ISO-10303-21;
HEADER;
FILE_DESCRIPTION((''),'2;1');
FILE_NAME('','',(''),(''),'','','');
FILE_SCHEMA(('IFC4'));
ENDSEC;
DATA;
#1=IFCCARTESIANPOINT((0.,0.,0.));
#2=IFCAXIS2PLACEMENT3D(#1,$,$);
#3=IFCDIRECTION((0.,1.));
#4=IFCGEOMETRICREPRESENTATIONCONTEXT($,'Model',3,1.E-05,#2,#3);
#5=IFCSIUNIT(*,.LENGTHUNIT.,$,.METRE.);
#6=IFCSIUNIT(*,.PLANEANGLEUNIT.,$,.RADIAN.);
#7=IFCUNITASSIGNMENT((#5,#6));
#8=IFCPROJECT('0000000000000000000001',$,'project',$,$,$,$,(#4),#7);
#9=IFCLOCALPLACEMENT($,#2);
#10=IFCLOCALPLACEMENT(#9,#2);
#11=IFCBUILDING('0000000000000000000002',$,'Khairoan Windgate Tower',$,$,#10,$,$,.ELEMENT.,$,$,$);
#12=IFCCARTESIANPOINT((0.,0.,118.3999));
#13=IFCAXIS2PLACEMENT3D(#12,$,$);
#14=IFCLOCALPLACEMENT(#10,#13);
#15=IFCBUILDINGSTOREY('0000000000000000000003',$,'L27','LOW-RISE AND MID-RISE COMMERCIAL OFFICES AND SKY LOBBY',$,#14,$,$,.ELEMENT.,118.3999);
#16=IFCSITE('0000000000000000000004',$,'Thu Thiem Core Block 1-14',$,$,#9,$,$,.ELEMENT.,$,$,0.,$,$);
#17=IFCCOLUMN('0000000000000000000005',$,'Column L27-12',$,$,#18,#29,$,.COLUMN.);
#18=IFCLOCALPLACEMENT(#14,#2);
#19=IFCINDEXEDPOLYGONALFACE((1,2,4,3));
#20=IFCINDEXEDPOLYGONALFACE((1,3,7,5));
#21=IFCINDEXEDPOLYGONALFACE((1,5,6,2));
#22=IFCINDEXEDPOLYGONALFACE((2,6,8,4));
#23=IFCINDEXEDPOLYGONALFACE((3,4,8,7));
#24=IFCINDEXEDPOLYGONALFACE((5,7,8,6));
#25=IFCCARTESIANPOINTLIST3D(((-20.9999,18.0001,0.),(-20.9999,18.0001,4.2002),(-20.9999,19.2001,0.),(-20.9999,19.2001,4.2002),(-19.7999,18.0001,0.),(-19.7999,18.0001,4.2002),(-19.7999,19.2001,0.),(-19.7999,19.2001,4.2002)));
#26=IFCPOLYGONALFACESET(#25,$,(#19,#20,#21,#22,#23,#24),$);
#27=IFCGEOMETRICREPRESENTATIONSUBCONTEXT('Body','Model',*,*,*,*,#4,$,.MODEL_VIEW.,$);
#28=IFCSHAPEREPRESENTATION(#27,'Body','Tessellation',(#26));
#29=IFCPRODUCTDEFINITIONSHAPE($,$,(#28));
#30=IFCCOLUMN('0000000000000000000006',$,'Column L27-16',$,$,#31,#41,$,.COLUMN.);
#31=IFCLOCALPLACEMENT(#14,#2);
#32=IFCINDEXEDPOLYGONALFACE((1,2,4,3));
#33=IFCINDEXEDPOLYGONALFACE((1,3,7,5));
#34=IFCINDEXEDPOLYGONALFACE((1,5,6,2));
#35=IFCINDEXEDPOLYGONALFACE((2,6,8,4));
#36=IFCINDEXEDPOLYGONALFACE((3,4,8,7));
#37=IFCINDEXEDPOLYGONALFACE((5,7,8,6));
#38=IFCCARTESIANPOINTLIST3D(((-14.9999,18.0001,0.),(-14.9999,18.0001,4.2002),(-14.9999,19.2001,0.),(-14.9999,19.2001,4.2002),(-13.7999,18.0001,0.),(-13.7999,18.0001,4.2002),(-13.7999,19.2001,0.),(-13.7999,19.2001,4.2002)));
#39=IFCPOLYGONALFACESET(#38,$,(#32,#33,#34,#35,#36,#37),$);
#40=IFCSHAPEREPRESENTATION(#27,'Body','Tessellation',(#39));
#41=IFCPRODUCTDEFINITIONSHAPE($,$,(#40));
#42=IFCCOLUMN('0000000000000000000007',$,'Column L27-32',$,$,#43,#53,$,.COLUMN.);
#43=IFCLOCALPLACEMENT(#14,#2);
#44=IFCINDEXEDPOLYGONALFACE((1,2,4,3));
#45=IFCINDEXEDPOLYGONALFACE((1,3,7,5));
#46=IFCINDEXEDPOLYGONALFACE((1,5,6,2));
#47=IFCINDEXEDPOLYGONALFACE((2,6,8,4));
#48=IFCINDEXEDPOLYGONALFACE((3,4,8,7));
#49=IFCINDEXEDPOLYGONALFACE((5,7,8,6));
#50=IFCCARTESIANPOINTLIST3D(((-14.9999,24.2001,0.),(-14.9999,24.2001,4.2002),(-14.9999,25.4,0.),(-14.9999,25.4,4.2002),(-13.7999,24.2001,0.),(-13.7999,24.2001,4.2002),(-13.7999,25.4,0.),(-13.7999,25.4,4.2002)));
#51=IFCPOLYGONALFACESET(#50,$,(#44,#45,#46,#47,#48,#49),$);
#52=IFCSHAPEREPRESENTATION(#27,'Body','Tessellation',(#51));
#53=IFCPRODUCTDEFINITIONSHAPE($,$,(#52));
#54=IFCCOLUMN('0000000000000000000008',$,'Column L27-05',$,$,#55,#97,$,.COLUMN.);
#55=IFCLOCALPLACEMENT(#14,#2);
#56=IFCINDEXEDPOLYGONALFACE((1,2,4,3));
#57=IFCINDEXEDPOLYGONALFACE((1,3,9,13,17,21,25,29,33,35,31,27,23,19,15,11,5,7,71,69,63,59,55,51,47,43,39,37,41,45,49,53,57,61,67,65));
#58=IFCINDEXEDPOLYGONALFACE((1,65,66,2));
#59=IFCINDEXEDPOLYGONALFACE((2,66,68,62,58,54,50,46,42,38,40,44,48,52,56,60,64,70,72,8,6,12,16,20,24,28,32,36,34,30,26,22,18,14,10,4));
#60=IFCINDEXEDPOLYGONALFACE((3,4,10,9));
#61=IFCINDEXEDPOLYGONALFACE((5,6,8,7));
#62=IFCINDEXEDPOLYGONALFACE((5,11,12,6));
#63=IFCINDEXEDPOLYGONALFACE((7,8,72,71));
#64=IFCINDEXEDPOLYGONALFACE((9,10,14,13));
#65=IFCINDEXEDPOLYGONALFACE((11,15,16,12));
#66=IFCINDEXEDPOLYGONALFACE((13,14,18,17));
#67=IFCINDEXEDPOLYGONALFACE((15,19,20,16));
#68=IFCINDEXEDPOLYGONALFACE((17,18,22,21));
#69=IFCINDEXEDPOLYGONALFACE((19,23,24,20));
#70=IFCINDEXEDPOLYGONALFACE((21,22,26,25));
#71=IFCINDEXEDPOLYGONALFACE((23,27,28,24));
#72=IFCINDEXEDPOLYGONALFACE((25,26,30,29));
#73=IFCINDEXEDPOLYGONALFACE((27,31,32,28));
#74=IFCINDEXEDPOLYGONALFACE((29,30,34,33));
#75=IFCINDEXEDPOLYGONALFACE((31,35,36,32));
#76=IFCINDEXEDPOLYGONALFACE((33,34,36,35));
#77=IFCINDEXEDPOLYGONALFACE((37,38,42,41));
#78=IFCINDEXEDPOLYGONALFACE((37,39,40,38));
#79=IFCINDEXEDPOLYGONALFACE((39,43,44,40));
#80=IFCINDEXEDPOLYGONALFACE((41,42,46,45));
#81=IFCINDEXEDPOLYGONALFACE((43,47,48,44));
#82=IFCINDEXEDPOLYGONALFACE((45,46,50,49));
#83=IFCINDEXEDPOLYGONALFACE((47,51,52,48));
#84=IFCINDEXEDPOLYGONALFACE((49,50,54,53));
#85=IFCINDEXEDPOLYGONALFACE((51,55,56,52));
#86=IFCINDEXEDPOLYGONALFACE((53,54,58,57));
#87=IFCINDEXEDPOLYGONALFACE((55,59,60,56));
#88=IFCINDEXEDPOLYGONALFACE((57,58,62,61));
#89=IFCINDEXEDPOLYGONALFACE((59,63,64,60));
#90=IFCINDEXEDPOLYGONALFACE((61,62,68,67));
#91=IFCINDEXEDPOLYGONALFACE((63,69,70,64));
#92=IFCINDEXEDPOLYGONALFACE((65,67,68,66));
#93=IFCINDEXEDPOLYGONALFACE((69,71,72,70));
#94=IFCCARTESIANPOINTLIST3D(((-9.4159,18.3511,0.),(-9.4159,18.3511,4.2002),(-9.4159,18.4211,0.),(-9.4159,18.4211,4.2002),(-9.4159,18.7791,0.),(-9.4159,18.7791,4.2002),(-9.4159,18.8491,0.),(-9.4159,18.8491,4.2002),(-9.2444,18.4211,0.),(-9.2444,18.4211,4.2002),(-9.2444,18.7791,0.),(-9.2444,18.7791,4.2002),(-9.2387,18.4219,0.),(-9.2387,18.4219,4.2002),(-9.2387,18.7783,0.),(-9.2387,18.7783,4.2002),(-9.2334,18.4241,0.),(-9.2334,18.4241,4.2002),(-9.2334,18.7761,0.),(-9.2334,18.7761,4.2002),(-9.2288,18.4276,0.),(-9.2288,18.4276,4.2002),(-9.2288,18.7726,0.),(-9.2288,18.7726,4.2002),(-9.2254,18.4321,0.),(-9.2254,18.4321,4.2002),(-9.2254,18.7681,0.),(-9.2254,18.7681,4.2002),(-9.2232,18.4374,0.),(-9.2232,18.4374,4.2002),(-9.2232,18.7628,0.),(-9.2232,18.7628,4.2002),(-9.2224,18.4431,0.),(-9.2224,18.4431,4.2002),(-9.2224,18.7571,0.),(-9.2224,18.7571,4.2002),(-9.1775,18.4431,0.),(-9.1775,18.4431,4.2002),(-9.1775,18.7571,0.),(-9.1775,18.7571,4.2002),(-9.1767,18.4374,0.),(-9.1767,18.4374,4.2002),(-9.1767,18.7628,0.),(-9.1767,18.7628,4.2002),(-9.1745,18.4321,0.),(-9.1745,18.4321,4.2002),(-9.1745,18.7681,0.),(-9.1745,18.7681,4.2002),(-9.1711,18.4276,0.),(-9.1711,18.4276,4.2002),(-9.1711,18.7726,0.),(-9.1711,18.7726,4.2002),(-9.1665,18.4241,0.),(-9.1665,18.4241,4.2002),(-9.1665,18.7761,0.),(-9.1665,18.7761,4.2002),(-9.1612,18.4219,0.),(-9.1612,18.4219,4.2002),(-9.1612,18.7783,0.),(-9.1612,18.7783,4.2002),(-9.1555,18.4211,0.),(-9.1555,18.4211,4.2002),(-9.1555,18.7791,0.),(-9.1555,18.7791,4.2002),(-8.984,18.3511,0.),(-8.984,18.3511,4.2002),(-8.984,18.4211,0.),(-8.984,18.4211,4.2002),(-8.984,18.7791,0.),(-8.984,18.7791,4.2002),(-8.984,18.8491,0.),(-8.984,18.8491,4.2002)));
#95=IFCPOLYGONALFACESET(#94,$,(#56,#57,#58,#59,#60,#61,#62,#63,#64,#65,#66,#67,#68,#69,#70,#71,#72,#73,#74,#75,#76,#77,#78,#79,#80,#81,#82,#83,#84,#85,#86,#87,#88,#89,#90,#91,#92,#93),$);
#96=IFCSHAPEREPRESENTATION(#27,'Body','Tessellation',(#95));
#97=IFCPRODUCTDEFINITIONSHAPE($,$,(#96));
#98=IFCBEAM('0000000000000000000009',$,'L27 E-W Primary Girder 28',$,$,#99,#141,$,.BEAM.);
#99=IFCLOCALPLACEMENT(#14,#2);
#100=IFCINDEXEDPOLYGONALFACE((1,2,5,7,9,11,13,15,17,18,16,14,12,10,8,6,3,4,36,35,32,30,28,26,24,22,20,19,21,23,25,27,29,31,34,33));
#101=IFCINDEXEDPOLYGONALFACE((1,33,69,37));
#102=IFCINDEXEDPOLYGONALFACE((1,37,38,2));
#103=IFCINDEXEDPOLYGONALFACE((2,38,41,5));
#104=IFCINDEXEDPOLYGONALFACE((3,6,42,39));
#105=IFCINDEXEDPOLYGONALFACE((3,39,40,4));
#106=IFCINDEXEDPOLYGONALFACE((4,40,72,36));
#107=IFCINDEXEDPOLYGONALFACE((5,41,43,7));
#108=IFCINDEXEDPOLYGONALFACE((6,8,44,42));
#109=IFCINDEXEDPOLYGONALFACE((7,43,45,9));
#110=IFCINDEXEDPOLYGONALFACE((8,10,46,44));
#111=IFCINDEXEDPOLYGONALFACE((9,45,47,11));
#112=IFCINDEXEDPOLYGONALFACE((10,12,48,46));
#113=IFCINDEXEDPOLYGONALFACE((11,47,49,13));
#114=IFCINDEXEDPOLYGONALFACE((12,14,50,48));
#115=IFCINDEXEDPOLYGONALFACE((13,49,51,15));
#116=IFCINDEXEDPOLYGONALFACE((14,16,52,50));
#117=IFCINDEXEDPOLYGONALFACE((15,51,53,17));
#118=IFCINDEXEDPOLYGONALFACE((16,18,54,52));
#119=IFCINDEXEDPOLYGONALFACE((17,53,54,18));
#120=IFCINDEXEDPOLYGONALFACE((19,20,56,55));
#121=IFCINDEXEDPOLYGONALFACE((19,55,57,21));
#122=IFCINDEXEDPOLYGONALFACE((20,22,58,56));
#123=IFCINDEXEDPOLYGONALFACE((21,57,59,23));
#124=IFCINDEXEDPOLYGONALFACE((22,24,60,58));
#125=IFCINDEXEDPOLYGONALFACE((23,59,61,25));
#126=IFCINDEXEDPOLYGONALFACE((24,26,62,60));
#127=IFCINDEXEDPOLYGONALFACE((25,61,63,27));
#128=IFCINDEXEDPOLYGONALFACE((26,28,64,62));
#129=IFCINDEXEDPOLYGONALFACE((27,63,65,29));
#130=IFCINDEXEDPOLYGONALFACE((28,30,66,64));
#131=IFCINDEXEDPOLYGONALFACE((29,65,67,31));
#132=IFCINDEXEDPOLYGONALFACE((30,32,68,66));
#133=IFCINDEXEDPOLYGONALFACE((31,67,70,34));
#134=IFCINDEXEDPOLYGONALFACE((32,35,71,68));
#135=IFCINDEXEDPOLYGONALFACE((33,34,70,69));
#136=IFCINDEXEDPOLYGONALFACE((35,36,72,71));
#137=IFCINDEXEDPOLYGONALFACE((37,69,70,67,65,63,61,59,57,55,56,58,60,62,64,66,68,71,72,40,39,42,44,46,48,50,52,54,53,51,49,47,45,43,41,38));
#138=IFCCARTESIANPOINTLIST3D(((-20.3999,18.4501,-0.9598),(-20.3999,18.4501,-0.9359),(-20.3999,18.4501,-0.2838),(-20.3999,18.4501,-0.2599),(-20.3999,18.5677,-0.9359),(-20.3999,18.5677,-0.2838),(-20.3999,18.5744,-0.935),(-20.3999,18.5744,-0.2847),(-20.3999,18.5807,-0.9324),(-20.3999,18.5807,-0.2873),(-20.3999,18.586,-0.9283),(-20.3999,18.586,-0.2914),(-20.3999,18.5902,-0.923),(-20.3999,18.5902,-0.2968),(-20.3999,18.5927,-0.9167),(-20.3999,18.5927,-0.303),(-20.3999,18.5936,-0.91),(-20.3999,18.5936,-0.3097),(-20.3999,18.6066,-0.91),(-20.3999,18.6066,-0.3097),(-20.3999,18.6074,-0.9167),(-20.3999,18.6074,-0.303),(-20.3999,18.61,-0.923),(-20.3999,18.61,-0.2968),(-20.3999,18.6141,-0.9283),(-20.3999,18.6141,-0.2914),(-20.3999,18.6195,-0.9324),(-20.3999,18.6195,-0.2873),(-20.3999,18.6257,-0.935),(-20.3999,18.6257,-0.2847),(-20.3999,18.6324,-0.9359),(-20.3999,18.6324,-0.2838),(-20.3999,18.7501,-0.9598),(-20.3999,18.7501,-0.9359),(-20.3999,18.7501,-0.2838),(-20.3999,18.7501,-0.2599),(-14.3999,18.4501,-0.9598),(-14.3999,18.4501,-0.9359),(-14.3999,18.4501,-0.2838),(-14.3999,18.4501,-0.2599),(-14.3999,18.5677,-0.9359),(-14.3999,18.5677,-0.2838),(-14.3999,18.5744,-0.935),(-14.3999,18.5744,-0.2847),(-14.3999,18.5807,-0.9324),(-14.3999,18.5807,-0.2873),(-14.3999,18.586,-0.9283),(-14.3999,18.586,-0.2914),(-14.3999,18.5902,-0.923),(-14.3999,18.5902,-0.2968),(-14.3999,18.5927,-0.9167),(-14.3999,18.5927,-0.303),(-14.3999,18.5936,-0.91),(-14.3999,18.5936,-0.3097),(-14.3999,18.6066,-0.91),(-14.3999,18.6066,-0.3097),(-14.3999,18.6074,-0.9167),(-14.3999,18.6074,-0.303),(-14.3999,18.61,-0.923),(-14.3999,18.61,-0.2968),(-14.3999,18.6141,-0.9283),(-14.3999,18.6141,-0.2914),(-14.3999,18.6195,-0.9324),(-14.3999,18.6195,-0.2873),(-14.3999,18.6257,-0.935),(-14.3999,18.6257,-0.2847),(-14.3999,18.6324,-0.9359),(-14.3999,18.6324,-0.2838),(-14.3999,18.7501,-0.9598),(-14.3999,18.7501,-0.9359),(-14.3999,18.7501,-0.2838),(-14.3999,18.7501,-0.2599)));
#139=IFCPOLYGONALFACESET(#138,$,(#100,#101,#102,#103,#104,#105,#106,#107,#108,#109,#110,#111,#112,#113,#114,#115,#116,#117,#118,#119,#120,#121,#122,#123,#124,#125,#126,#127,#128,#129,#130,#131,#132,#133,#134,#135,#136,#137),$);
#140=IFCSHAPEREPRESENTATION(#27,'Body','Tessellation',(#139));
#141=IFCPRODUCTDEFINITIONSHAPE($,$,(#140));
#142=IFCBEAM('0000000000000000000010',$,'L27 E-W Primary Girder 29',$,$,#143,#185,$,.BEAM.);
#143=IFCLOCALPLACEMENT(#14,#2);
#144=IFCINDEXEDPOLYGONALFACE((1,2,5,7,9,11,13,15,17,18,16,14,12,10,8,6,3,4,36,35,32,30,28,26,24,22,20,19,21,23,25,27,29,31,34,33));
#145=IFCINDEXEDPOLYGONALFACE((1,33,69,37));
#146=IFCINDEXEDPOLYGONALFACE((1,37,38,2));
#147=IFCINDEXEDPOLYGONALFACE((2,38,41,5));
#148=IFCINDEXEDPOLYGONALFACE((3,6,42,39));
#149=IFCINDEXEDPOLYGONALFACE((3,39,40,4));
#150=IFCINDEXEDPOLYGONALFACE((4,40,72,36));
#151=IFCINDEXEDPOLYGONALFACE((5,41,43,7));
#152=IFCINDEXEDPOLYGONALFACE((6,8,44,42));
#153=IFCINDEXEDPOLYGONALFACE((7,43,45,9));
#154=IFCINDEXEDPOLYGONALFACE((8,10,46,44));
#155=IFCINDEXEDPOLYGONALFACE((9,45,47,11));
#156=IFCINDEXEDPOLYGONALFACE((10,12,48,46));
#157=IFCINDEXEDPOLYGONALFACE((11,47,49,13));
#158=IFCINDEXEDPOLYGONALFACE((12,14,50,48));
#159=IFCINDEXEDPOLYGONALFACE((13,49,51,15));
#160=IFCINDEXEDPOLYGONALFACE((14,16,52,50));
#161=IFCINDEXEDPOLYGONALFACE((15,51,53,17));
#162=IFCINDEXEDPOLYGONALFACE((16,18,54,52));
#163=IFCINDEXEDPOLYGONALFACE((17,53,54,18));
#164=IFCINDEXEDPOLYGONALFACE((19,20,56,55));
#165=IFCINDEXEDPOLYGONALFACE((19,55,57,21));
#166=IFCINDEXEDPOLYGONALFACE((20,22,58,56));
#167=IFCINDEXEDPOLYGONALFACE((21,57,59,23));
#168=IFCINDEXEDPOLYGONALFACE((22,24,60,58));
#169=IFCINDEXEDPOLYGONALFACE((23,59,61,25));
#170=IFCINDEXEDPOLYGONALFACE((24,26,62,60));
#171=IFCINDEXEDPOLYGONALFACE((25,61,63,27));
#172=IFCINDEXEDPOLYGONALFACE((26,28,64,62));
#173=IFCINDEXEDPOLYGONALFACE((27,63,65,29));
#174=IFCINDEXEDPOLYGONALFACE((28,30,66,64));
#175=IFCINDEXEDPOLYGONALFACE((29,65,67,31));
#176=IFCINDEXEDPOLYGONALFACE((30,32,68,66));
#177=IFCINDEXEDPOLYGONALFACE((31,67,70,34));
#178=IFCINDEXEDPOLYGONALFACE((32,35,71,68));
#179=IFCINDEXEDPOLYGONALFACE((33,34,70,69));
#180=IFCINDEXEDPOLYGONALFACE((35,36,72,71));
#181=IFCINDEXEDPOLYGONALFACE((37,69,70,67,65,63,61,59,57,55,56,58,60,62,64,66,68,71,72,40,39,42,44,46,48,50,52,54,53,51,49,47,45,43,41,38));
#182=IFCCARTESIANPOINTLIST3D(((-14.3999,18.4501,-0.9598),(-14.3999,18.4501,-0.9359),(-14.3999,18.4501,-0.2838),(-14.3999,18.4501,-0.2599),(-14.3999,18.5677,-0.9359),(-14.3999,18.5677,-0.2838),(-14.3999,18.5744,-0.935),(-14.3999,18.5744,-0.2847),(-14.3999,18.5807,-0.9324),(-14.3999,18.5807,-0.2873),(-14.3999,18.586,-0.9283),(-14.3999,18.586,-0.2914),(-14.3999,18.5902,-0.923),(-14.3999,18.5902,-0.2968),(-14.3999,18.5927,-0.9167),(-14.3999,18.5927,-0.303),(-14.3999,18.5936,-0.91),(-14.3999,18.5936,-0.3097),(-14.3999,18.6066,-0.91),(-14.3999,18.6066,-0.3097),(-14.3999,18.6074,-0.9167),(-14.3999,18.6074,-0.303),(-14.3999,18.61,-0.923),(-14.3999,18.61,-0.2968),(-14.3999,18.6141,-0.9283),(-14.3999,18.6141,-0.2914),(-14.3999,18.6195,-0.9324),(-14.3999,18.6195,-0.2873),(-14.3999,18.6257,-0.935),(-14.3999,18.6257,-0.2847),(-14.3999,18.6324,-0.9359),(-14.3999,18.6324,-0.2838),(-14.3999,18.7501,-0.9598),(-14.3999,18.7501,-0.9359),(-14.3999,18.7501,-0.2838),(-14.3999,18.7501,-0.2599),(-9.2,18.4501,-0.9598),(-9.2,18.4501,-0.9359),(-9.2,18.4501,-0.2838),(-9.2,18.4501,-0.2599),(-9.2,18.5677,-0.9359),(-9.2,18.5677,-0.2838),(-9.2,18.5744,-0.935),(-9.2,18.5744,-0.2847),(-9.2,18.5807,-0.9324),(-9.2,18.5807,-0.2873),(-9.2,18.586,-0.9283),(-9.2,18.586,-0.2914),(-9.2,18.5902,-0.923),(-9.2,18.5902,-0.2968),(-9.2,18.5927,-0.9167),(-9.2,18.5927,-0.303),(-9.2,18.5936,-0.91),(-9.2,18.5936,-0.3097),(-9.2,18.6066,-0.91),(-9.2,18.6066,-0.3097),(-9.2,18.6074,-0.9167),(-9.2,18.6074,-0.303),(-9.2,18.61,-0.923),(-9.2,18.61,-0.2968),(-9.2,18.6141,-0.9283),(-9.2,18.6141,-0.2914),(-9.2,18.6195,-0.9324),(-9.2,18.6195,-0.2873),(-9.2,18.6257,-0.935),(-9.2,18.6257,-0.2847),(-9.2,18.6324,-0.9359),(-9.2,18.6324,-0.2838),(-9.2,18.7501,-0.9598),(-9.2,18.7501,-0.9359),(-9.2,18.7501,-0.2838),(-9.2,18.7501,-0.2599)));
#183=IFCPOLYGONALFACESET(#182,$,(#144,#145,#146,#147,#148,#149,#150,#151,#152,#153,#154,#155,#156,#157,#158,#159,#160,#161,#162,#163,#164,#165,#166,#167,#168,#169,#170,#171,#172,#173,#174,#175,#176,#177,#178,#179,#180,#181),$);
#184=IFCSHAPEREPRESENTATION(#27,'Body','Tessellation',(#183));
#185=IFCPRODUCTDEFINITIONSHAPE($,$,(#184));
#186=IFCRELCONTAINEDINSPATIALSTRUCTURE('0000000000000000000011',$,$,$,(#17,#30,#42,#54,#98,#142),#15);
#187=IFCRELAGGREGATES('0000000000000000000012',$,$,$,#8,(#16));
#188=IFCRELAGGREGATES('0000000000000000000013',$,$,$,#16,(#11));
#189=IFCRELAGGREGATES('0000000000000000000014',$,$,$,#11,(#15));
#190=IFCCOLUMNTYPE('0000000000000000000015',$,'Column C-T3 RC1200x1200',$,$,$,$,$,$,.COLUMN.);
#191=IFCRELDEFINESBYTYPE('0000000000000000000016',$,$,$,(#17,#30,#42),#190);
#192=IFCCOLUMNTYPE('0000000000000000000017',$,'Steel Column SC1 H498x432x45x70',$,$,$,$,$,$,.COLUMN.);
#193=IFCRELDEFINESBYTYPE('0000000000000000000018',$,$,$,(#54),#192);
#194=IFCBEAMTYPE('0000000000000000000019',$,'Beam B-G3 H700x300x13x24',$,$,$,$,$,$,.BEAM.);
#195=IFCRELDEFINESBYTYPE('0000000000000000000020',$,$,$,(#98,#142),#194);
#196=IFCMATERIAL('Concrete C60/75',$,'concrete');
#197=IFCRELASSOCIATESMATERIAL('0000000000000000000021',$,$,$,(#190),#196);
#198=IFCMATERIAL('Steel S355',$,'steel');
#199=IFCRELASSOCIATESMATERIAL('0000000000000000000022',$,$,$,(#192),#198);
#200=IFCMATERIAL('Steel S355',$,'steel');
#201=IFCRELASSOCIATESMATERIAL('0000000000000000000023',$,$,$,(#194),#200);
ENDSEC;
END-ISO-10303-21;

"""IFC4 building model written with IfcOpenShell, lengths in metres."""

from ifc_helpers import new_model, si_unit, direction, frame, origin, origin_2d, place, context, subcontext, project, spatial, rectangle, i_section, extrude, material, material_profile, profile_set, type_object, element, save


model = new_model("IFC4")

# Units and contexts
model_context = context("Model", 3, precision=1e-05, world=origin(), true_north=direction((0.0, 1.0)))
body_context = subcontext(model_context, "Body", "Model", "MODEL_VIEW")
ifc_project = project(units=[si_unit("LENGTHUNIT", "METRE"), si_unit("PLANEANGLEUNIT", "RADIAN")], contexts=[model_context])

# Site, building, storey
site_placement = place(None, origin())
site = spatial("IfcSite", under=ifc_project, at=site_placement, Name="Thu Thiem Core Block 1-14", CompositionType="ELEMENT", RefElevation=0.0)
building_placement = place(site_placement, origin())
building = spatial("IfcBuilding", under=site, at=building_placement, Name="Khairoan Windgate Tower", CompositionType="ELEMENT")
storey_placement = place(building_placement, frame((0.0, 0.0, 118.3999)))
storey = spatial("IfcBuildingStorey", under=building, at=storey_placement, Name="L27", Description="LOW-RISE AND MID-RISE COMMERCIAL OFFICES AND SKY LOBBY", CompositionType="ELEMENT", Elevation=118.3999)

# Columns
ifc_material_1 = material(Name="Concrete C60/75", Category="concrete")
ifc_material_profile_1 = material_profile(ifc_material_1, rectangle(XDim=1.2, YDim=1.2, at=origin_2d()))
ifc_profile_set_1 = profile_set([ifc_material_profile_1], Name="Concrete C60/75")
column_type_1 = type_object("IfcColumnType", Name="Column C-T3 RC1200x1200", PredefinedType="COLUMN", material=ifc_profile_set_1)
for number, where, z_axis, x_axis, name in (
    (1, (-20.3999, 18.6001, 0.0), (0.0, 0.0, 1.0), (1.0, 0.0, 0.0), "Column L27-12"),
    (2, (-14.3999, 18.6001, 0.0), (0.0, 0.0, 1.0), (1.0, 0.0, 0.0), "Column L27-16"),
    (3, (-14.3999, 24.8, 0.0), (0.0, 0.0, 1.0), (1.0, 0.0, 0.0), "Column L27-32"),
):
    element("IfcColumn", number, at=place(storey_placement, frame(where, z_axis=z_axis, x_axis=x_axis)), inside=storey, type_object=column_type_1, Name=name, PredefinedType="COLUMN", context=body_context, shape_type="SweptSolid", body=[
        extrude(rectangle(XDim=1.2, YDim=1.2, at=origin_2d()), origin(), (0.0, 0.0, 1.0), 4.2002),
    ])
ifc_material_2 = material(Name="Steel S355", Category="steel")
ifc_material_profile_2 = material_profile(ifc_material_2, i_section(OverallWidth=0.4319, OverallDepth=0.498, WebThickness=0.0449, FlangeThickness=0.0701, FilletRadius=0.022, at=origin_2d()))
ifc_profile_set_2 = profile_set([ifc_material_profile_2], Name="Steel S355")
column_type_2 = type_object("IfcColumnType", Name="Steel Column SC1 H498x432x45x70", PredefinedType="COLUMN", material=ifc_profile_set_2)
column_placement = place(storey_placement, frame((-9.2, 18.6001, 0.0), z_axis=(0.0, 0.0, 1.0), x_axis=(1.0, 0.0, 0.0)))
element("IfcColumn", 4, at=column_placement, inside=storey, type_object=column_type_2, Name="Column L27-05", PredefinedType="COLUMN", context=body_context, shape_type="SweptSolid", body=[
    extrude(i_section(OverallWidth=0.4319, OverallDepth=0.498, WebThickness=0.0449, FlangeThickness=0.0701, FilletRadius=0.022, at=origin_2d()), origin(), (0.0, 0.0, 1.0), 4.2002),
])

# Beams
ifc_material_3 = material(Name="Steel S355", Category="steel")
ifc_material_profile_3 = material_profile(ifc_material_3, i_section(OverallWidth=0.3, OverallDepth=0.7, WebThickness=0.0129, FlangeThickness=0.0239, FilletRadius=0.0259, at=origin_2d()))
ifc_profile_set_3 = profile_set([ifc_material_profile_3], Name="Steel S355")
beam_type = type_object("IfcBeamType", Name="Beam B-G3 H700x300x13x24", PredefinedType="BEAM", material=ifc_profile_set_3)
beam_1_placement = place(storey_placement, frame((-20.3999, 18.6001, -0.6099), z_axis=(1.0, 0.0, 0.0), x_axis=(0.0, 1.0, 0.0)))
element("IfcBeam", 5, at=beam_1_placement, inside=storey, type_object=beam_type, Name="L27 E-W Primary Girder 28", PredefinedType="BEAM", context=body_context, shape_type="SweptSolid", body=[
    extrude(i_section(OverallWidth=0.3, OverallDepth=0.7, WebThickness=0.0129, FlangeThickness=0.0239, FilletRadius=0.0259, at=origin_2d()), origin(), (0.0, 0.0, 1.0), 6.0),
])
beam_2_placement = place(storey_placement, frame((-14.3999, 18.6001, -0.6099), z_axis=(1.0, 0.0, 0.0), x_axis=(0.0, 1.0, 0.0)))
element("IfcBeam", 6, at=beam_2_placement, inside=storey, type_object=beam_type, Name="L27 E-W Primary Girder 29", PredefinedType="BEAM", context=body_context, shape_type="SweptSolid", body=[
    extrude(i_section(OverallWidth=0.3, OverallDepth=0.7, WebThickness=0.0129, FlangeThickness=0.0239, FilletRadius=0.0259, at=origin_2d()), origin(), (0.0, 0.0, 1.0), 5.2),
])

save(model, "model.ifc")
